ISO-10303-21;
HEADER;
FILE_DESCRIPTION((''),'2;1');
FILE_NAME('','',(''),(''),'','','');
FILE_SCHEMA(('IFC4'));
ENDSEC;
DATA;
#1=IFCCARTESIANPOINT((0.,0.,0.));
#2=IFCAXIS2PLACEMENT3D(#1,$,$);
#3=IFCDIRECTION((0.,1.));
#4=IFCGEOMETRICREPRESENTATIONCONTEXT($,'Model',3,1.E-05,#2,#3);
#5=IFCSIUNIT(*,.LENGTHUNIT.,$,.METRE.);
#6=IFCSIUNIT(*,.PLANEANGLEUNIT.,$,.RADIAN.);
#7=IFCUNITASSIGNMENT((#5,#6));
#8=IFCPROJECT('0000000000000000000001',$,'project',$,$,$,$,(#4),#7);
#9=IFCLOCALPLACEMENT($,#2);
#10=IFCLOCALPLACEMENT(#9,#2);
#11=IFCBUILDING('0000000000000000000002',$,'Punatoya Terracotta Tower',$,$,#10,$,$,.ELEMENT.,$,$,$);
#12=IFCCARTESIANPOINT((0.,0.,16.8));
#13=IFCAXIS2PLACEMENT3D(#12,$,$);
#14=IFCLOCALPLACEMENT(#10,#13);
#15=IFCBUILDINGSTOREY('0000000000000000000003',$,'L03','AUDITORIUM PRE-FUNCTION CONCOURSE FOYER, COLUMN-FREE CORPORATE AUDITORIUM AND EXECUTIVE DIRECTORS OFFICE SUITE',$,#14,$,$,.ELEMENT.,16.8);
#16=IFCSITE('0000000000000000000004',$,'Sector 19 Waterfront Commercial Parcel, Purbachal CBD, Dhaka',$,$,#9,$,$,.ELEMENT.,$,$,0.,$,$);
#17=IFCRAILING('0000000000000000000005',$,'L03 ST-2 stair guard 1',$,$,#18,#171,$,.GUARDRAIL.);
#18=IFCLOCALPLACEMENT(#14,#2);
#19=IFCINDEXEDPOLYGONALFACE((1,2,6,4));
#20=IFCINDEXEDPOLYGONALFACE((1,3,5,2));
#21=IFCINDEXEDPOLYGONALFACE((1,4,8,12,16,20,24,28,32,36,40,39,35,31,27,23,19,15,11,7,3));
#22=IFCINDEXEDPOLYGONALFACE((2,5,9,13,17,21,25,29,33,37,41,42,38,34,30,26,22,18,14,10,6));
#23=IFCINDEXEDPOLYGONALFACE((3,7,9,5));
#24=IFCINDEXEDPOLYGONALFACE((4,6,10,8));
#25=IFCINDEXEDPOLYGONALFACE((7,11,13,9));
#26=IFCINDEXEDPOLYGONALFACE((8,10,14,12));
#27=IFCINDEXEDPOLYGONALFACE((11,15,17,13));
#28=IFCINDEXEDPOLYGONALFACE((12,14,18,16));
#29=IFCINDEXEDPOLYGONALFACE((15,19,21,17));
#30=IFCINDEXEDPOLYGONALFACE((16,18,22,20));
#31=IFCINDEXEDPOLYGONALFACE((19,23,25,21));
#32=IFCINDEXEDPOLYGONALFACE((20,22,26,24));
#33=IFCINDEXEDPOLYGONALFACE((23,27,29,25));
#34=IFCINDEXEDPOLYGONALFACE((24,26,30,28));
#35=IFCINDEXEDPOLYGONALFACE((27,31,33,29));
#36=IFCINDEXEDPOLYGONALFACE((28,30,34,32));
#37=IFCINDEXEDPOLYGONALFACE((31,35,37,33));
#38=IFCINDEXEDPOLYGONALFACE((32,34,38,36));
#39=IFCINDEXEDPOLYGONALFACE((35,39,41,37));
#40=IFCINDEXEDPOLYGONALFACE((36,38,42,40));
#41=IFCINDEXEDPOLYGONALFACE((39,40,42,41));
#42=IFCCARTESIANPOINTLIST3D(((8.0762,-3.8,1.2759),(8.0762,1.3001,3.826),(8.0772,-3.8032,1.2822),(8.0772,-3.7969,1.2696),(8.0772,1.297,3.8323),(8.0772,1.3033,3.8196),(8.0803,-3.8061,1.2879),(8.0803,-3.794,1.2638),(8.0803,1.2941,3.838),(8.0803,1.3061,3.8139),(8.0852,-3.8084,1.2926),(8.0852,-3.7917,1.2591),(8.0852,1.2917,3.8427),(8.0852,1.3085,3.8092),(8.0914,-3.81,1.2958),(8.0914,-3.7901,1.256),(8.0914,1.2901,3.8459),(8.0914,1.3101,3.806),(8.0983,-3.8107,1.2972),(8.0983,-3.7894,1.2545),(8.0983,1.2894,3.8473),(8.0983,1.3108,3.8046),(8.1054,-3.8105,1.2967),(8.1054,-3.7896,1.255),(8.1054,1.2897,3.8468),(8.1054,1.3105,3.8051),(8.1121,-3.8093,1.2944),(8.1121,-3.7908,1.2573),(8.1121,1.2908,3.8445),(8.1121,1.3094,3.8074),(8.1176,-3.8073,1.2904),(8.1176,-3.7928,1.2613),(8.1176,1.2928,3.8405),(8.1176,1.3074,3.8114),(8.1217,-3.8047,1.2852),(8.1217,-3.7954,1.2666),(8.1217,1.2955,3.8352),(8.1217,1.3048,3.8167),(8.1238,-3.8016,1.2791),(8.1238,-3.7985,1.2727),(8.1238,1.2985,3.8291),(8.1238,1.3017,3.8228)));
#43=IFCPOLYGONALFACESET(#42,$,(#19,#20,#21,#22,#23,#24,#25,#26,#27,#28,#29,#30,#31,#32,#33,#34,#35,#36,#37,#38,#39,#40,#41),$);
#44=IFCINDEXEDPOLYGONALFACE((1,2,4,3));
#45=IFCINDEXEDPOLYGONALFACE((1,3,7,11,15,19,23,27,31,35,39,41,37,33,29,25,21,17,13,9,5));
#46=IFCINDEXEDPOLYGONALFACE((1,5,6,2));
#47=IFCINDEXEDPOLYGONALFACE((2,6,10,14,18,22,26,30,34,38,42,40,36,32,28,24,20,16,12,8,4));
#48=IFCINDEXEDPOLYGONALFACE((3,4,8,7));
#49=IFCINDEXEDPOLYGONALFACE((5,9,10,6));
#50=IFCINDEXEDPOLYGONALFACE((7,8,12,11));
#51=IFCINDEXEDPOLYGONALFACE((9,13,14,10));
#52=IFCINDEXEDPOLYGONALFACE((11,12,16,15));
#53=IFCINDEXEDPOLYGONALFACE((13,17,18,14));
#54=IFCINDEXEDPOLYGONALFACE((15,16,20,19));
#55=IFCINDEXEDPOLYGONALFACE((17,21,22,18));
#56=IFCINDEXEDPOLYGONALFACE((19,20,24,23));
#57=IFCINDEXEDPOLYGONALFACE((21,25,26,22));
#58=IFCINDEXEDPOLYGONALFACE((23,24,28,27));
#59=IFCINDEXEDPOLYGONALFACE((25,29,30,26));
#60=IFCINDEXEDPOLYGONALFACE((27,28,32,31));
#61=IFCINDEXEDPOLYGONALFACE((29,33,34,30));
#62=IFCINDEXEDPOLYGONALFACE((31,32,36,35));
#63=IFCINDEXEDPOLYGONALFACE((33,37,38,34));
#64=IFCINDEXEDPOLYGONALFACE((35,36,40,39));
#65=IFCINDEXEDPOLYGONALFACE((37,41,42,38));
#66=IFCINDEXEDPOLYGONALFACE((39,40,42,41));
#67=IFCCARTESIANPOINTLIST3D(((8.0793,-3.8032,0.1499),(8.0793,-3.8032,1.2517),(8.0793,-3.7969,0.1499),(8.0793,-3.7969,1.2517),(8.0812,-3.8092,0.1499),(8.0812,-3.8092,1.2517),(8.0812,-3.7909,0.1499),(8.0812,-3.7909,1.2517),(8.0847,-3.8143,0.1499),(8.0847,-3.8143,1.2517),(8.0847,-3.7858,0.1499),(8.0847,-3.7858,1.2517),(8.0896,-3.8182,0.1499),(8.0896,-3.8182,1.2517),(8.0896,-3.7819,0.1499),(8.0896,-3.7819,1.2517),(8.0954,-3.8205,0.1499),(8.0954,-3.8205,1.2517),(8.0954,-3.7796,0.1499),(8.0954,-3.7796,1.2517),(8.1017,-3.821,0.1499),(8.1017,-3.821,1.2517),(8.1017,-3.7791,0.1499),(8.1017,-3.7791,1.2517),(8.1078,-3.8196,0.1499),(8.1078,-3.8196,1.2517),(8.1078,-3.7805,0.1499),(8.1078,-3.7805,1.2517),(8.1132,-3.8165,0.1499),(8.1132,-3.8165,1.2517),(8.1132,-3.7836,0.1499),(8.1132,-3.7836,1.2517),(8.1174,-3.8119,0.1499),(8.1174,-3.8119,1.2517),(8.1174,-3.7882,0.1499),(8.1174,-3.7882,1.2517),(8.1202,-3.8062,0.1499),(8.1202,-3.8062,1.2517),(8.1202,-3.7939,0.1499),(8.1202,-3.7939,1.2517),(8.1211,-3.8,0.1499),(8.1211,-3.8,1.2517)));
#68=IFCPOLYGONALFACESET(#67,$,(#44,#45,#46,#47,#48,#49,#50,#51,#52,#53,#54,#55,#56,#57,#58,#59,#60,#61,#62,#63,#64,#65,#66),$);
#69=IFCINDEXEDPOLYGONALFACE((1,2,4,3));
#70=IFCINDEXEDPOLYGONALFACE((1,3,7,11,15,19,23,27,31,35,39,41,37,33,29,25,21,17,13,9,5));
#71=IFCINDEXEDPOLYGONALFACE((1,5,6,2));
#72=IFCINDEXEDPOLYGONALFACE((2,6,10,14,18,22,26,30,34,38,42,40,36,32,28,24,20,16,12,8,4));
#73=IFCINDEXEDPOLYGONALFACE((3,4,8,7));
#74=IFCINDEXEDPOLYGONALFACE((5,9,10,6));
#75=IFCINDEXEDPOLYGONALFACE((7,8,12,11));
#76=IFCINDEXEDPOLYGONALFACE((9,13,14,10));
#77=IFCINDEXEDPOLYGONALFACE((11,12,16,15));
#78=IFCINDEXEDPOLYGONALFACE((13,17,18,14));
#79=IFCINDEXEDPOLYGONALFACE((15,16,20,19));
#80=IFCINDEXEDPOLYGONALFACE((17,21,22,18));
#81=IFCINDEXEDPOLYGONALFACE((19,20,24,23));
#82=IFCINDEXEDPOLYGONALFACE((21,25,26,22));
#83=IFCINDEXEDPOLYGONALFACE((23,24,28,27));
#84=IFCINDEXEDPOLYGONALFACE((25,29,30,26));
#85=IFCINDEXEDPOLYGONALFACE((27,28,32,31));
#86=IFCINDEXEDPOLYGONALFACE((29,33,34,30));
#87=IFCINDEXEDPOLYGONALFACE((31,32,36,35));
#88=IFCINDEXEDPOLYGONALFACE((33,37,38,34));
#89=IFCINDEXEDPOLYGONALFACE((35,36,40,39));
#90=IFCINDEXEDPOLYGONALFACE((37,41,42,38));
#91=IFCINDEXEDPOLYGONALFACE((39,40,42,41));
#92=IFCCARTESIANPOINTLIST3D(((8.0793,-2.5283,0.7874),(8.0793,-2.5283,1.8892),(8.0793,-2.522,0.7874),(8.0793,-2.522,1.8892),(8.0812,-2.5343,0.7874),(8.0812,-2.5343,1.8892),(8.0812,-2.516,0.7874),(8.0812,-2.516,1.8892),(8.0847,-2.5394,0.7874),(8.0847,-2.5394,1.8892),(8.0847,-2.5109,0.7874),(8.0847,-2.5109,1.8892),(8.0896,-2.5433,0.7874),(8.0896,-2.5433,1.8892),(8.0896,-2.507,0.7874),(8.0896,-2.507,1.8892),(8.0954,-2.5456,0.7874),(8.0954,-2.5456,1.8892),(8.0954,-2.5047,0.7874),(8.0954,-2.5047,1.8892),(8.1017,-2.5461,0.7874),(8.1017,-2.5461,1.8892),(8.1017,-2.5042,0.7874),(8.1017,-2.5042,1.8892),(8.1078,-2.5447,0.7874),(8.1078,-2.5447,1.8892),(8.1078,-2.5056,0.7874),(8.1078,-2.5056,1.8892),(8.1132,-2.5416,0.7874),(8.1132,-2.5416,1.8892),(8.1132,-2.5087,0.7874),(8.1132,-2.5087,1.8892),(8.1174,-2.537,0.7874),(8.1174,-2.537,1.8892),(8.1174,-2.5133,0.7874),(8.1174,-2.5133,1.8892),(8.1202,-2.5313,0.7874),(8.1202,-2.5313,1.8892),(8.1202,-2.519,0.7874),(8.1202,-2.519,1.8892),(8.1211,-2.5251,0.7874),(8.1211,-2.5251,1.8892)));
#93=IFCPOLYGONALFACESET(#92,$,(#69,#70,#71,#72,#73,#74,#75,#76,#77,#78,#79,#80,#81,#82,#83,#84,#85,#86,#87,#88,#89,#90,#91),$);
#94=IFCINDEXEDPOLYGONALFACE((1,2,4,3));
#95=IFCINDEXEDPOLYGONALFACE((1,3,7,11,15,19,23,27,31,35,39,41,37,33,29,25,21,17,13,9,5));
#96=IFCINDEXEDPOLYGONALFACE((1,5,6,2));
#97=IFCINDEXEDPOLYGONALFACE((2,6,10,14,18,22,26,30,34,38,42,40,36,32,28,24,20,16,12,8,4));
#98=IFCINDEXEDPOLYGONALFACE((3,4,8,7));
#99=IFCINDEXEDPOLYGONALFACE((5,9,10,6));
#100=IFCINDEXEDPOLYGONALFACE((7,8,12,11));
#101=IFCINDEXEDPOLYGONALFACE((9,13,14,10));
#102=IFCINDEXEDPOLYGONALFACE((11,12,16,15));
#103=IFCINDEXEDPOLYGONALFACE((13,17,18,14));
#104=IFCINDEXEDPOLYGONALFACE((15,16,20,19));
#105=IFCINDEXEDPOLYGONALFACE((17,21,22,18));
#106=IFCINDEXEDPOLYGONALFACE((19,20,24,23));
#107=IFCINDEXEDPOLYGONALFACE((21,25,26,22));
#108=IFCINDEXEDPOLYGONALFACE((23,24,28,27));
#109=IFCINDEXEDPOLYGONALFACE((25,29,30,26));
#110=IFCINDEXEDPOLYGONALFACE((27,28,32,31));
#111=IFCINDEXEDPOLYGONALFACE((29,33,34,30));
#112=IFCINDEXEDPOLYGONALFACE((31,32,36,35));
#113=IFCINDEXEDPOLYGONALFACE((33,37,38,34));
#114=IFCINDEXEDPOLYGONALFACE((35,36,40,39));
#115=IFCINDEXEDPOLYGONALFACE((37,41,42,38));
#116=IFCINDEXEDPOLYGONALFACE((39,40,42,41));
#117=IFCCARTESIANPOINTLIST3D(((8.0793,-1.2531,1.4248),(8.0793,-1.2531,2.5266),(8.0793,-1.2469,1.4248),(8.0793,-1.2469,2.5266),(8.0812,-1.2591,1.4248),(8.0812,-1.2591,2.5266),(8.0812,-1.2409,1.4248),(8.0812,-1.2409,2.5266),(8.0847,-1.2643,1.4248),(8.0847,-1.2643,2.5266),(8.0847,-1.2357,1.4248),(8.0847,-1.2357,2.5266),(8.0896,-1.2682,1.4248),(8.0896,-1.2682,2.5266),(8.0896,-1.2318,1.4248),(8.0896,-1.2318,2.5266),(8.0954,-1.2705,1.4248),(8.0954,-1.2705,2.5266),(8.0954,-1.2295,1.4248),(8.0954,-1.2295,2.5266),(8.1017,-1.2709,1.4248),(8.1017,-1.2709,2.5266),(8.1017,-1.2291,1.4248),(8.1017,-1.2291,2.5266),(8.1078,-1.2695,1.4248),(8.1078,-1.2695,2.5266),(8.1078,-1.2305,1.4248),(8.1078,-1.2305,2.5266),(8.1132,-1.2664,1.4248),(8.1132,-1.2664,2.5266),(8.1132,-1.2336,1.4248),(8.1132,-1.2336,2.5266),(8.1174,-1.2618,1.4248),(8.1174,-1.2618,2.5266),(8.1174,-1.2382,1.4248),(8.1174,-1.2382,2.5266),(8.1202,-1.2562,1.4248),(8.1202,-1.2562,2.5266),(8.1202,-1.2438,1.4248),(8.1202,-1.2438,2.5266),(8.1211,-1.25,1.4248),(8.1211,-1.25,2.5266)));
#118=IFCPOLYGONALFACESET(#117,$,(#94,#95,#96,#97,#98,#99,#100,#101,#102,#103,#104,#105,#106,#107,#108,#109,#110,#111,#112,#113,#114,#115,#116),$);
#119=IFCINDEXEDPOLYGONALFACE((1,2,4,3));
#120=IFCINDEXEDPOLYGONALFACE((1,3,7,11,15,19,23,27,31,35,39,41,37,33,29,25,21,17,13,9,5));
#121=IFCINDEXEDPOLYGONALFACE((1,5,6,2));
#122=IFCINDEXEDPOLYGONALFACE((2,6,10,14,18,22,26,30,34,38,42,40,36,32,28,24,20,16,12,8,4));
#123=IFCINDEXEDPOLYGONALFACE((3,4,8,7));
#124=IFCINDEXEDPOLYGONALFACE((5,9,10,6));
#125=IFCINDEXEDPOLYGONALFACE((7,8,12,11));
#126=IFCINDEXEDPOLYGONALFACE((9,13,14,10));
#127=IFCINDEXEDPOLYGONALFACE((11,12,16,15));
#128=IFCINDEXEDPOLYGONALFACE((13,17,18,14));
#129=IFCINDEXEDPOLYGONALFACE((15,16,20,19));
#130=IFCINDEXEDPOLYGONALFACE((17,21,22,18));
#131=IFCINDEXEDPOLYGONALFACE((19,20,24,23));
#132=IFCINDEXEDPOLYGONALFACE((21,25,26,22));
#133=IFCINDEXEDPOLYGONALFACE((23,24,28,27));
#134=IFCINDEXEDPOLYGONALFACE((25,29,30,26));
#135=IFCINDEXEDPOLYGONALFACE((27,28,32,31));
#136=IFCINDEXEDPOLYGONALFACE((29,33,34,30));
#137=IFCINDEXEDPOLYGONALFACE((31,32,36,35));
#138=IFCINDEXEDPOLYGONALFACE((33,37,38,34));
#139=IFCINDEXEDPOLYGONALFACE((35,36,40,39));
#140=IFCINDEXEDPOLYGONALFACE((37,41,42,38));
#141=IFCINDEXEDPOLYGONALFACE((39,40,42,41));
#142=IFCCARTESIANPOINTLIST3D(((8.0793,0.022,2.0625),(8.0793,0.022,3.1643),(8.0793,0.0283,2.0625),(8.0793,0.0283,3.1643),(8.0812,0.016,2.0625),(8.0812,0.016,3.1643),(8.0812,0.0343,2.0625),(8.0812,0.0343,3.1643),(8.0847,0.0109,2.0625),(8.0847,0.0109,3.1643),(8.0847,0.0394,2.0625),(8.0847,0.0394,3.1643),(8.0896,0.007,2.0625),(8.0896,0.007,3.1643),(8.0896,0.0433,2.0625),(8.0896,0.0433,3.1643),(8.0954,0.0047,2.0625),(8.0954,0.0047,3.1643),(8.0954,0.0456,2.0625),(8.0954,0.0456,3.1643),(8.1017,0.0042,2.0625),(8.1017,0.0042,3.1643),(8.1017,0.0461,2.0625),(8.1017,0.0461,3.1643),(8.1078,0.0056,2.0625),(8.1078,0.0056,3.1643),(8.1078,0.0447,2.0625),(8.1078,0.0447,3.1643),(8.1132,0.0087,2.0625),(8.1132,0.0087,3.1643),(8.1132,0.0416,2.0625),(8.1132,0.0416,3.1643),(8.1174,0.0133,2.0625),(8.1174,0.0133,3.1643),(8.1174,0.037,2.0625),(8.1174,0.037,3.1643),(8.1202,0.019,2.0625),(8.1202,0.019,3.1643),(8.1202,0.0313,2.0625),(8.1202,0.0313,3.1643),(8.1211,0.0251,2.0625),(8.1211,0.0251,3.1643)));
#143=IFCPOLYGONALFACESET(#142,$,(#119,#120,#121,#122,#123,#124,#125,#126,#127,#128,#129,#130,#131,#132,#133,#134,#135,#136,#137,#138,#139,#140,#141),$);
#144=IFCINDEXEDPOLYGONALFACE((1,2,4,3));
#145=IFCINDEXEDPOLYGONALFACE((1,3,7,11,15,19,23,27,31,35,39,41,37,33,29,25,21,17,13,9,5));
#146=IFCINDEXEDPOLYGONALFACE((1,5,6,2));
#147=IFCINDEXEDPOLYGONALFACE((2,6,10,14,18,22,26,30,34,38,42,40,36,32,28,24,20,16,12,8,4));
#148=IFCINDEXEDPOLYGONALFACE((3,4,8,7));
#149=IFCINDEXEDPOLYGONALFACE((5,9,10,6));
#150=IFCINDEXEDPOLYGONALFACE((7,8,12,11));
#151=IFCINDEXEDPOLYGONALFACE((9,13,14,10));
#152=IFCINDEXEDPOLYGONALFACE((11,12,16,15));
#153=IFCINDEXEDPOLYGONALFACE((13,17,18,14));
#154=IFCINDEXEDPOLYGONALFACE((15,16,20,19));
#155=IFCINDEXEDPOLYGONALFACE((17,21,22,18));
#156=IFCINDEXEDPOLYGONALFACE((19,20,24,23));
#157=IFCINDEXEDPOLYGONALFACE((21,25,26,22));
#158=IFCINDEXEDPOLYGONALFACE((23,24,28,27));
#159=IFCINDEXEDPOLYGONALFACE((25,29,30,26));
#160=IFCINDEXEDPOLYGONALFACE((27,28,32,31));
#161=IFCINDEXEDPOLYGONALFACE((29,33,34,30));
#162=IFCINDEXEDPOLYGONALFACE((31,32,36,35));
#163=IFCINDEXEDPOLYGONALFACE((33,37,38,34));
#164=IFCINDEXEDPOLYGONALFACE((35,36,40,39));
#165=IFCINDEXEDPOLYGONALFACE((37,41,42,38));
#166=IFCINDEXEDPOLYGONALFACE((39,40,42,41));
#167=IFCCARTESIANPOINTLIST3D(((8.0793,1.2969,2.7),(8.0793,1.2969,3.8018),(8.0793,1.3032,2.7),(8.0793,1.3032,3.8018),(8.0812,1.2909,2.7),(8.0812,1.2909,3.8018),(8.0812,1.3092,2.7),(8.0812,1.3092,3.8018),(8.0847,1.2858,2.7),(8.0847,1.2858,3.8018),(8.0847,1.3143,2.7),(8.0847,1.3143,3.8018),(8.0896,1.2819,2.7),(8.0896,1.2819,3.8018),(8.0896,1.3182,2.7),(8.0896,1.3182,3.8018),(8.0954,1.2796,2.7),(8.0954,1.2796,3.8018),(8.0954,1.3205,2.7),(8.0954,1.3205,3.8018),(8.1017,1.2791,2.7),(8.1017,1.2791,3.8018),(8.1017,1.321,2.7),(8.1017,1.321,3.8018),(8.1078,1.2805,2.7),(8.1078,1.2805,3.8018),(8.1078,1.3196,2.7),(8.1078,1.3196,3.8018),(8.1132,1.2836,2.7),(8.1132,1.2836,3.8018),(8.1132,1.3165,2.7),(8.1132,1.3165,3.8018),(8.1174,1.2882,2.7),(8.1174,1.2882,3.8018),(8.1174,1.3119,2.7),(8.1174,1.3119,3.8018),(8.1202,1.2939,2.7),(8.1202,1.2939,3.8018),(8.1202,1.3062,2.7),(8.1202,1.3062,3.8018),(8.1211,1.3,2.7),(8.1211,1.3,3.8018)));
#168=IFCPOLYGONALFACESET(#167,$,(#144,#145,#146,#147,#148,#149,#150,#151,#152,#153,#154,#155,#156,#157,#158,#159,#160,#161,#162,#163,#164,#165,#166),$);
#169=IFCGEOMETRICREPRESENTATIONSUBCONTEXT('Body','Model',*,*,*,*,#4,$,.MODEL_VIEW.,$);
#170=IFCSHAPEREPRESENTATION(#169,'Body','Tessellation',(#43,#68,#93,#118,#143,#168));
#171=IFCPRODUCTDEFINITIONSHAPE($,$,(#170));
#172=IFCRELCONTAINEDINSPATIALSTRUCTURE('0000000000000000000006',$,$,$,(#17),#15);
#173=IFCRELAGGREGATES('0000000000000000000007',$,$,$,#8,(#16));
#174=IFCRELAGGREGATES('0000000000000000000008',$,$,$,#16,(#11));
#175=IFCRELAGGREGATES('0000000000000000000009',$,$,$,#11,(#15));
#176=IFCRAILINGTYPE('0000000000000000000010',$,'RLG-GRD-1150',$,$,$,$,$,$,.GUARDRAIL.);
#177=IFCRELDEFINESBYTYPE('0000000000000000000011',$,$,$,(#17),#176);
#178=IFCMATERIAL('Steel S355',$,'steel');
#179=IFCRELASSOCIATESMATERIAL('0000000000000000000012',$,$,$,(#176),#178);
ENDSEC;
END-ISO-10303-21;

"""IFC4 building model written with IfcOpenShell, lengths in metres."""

from ifc_helpers import new_model, si_unit, direction, frame, origin, origin_2d, place, context, subcontext, project, spatial, circle, extrude, material, type_object, element, save


model = new_model("IFC4")

# Units and contexts
model_context = context("Model", 3, precision=1e-05, world=origin(), true_north=direction((0.0, 1.0)))
body_context = subcontext(model_context, "Body", "Model", "MODEL_VIEW")
ifc_project = project(units=[si_unit("LENGTHUNIT", "METRE"), si_unit("PLANEANGLEUNIT", "RADIAN")], contexts=[model_context])

# Site, building, storey
site_placement = place(None, origin())
site = spatial("IfcSite", under=ifc_project, at=site_placement, Name="Sector 19 Waterfront Commercial Parcel, Purbachal CBD, Dhaka", CompositionType="ELEMENT", RefElevation=0.0)
building_placement = place(site_placement, origin())
building = spatial("IfcBuilding", under=site, at=building_placement, Name="Punatoya Terracotta Tower", CompositionType="ELEMENT")
storey_placement = place(building_placement, frame((0.0, 0.0, 16.8)))
storey = spatial("IfcBuildingStorey", under=building, at=storey_placement, Name="L03", Description="AUDITORIUM PRE-FUNCTION CONCOURSE FOYER, COLUMN-FREE CORPORATE AUDITORIUM AND EXECUTIVE DIRECTORS OFFICE SUITE", CompositionType="ELEMENT", Elevation=16.8)

# Shared definitions
ifc_material_1 = material(Name="Steel S355", Category="steel")

# Railing
railing_type_1 = type_object("IfcRailingType", Name="RLG-GRD-1150", PredefinedType="GUARDRAIL", material=ifc_material_1)
railing_1_placement = place(storey_placement, frame((8.1001, -3.8, 0.1499)))
element("IfcRailing", 1, at=railing_1_placement, inside=storey, type_object=railing_type_1, Name="L03 ST-2 stair guard 1", PredefinedType="GUARDRAIL", context=body_context, shape_type="SweptSolid", body=[
    extrude(circle(Radius=0.0239, at=origin_2d()), frame((0.0, 0.0, 1.126), z_axis=(0.0, 0.894427, 0.447214), x_axis=(-1.0, 0.0, 0.0)), (0.0, 0.0, 1.0), 5.7021),
    extrude(circle(Radius=0.021, at=origin_2d()), origin(), (0.0, 0.0, 1.0), 1.1018),
    extrude(circle(Radius=0.021, at=origin_2d()), frame((0.0, 1.2749, 0.6375)), (0.0, 0.0, 1.0), 1.1018),
    extrude(circle(Radius=0.021, at=origin_2d()), frame((0.0, 2.55, 1.2749)), (0.0, 0.0, 1.0), 1.1018),
    extrude(circle(Radius=0.021, at=origin_2d()), frame((0.0, 3.8252, 1.9126)), (0.0, 0.0, 1.0), 1.1018),
    extrude(circle(Radius=0.021, at=origin_2d()), frame((0.0, 5.1001, 2.55)), (0.0, 0.0, 1.0), 1.1018),
])

save(model, "model.ifc")
